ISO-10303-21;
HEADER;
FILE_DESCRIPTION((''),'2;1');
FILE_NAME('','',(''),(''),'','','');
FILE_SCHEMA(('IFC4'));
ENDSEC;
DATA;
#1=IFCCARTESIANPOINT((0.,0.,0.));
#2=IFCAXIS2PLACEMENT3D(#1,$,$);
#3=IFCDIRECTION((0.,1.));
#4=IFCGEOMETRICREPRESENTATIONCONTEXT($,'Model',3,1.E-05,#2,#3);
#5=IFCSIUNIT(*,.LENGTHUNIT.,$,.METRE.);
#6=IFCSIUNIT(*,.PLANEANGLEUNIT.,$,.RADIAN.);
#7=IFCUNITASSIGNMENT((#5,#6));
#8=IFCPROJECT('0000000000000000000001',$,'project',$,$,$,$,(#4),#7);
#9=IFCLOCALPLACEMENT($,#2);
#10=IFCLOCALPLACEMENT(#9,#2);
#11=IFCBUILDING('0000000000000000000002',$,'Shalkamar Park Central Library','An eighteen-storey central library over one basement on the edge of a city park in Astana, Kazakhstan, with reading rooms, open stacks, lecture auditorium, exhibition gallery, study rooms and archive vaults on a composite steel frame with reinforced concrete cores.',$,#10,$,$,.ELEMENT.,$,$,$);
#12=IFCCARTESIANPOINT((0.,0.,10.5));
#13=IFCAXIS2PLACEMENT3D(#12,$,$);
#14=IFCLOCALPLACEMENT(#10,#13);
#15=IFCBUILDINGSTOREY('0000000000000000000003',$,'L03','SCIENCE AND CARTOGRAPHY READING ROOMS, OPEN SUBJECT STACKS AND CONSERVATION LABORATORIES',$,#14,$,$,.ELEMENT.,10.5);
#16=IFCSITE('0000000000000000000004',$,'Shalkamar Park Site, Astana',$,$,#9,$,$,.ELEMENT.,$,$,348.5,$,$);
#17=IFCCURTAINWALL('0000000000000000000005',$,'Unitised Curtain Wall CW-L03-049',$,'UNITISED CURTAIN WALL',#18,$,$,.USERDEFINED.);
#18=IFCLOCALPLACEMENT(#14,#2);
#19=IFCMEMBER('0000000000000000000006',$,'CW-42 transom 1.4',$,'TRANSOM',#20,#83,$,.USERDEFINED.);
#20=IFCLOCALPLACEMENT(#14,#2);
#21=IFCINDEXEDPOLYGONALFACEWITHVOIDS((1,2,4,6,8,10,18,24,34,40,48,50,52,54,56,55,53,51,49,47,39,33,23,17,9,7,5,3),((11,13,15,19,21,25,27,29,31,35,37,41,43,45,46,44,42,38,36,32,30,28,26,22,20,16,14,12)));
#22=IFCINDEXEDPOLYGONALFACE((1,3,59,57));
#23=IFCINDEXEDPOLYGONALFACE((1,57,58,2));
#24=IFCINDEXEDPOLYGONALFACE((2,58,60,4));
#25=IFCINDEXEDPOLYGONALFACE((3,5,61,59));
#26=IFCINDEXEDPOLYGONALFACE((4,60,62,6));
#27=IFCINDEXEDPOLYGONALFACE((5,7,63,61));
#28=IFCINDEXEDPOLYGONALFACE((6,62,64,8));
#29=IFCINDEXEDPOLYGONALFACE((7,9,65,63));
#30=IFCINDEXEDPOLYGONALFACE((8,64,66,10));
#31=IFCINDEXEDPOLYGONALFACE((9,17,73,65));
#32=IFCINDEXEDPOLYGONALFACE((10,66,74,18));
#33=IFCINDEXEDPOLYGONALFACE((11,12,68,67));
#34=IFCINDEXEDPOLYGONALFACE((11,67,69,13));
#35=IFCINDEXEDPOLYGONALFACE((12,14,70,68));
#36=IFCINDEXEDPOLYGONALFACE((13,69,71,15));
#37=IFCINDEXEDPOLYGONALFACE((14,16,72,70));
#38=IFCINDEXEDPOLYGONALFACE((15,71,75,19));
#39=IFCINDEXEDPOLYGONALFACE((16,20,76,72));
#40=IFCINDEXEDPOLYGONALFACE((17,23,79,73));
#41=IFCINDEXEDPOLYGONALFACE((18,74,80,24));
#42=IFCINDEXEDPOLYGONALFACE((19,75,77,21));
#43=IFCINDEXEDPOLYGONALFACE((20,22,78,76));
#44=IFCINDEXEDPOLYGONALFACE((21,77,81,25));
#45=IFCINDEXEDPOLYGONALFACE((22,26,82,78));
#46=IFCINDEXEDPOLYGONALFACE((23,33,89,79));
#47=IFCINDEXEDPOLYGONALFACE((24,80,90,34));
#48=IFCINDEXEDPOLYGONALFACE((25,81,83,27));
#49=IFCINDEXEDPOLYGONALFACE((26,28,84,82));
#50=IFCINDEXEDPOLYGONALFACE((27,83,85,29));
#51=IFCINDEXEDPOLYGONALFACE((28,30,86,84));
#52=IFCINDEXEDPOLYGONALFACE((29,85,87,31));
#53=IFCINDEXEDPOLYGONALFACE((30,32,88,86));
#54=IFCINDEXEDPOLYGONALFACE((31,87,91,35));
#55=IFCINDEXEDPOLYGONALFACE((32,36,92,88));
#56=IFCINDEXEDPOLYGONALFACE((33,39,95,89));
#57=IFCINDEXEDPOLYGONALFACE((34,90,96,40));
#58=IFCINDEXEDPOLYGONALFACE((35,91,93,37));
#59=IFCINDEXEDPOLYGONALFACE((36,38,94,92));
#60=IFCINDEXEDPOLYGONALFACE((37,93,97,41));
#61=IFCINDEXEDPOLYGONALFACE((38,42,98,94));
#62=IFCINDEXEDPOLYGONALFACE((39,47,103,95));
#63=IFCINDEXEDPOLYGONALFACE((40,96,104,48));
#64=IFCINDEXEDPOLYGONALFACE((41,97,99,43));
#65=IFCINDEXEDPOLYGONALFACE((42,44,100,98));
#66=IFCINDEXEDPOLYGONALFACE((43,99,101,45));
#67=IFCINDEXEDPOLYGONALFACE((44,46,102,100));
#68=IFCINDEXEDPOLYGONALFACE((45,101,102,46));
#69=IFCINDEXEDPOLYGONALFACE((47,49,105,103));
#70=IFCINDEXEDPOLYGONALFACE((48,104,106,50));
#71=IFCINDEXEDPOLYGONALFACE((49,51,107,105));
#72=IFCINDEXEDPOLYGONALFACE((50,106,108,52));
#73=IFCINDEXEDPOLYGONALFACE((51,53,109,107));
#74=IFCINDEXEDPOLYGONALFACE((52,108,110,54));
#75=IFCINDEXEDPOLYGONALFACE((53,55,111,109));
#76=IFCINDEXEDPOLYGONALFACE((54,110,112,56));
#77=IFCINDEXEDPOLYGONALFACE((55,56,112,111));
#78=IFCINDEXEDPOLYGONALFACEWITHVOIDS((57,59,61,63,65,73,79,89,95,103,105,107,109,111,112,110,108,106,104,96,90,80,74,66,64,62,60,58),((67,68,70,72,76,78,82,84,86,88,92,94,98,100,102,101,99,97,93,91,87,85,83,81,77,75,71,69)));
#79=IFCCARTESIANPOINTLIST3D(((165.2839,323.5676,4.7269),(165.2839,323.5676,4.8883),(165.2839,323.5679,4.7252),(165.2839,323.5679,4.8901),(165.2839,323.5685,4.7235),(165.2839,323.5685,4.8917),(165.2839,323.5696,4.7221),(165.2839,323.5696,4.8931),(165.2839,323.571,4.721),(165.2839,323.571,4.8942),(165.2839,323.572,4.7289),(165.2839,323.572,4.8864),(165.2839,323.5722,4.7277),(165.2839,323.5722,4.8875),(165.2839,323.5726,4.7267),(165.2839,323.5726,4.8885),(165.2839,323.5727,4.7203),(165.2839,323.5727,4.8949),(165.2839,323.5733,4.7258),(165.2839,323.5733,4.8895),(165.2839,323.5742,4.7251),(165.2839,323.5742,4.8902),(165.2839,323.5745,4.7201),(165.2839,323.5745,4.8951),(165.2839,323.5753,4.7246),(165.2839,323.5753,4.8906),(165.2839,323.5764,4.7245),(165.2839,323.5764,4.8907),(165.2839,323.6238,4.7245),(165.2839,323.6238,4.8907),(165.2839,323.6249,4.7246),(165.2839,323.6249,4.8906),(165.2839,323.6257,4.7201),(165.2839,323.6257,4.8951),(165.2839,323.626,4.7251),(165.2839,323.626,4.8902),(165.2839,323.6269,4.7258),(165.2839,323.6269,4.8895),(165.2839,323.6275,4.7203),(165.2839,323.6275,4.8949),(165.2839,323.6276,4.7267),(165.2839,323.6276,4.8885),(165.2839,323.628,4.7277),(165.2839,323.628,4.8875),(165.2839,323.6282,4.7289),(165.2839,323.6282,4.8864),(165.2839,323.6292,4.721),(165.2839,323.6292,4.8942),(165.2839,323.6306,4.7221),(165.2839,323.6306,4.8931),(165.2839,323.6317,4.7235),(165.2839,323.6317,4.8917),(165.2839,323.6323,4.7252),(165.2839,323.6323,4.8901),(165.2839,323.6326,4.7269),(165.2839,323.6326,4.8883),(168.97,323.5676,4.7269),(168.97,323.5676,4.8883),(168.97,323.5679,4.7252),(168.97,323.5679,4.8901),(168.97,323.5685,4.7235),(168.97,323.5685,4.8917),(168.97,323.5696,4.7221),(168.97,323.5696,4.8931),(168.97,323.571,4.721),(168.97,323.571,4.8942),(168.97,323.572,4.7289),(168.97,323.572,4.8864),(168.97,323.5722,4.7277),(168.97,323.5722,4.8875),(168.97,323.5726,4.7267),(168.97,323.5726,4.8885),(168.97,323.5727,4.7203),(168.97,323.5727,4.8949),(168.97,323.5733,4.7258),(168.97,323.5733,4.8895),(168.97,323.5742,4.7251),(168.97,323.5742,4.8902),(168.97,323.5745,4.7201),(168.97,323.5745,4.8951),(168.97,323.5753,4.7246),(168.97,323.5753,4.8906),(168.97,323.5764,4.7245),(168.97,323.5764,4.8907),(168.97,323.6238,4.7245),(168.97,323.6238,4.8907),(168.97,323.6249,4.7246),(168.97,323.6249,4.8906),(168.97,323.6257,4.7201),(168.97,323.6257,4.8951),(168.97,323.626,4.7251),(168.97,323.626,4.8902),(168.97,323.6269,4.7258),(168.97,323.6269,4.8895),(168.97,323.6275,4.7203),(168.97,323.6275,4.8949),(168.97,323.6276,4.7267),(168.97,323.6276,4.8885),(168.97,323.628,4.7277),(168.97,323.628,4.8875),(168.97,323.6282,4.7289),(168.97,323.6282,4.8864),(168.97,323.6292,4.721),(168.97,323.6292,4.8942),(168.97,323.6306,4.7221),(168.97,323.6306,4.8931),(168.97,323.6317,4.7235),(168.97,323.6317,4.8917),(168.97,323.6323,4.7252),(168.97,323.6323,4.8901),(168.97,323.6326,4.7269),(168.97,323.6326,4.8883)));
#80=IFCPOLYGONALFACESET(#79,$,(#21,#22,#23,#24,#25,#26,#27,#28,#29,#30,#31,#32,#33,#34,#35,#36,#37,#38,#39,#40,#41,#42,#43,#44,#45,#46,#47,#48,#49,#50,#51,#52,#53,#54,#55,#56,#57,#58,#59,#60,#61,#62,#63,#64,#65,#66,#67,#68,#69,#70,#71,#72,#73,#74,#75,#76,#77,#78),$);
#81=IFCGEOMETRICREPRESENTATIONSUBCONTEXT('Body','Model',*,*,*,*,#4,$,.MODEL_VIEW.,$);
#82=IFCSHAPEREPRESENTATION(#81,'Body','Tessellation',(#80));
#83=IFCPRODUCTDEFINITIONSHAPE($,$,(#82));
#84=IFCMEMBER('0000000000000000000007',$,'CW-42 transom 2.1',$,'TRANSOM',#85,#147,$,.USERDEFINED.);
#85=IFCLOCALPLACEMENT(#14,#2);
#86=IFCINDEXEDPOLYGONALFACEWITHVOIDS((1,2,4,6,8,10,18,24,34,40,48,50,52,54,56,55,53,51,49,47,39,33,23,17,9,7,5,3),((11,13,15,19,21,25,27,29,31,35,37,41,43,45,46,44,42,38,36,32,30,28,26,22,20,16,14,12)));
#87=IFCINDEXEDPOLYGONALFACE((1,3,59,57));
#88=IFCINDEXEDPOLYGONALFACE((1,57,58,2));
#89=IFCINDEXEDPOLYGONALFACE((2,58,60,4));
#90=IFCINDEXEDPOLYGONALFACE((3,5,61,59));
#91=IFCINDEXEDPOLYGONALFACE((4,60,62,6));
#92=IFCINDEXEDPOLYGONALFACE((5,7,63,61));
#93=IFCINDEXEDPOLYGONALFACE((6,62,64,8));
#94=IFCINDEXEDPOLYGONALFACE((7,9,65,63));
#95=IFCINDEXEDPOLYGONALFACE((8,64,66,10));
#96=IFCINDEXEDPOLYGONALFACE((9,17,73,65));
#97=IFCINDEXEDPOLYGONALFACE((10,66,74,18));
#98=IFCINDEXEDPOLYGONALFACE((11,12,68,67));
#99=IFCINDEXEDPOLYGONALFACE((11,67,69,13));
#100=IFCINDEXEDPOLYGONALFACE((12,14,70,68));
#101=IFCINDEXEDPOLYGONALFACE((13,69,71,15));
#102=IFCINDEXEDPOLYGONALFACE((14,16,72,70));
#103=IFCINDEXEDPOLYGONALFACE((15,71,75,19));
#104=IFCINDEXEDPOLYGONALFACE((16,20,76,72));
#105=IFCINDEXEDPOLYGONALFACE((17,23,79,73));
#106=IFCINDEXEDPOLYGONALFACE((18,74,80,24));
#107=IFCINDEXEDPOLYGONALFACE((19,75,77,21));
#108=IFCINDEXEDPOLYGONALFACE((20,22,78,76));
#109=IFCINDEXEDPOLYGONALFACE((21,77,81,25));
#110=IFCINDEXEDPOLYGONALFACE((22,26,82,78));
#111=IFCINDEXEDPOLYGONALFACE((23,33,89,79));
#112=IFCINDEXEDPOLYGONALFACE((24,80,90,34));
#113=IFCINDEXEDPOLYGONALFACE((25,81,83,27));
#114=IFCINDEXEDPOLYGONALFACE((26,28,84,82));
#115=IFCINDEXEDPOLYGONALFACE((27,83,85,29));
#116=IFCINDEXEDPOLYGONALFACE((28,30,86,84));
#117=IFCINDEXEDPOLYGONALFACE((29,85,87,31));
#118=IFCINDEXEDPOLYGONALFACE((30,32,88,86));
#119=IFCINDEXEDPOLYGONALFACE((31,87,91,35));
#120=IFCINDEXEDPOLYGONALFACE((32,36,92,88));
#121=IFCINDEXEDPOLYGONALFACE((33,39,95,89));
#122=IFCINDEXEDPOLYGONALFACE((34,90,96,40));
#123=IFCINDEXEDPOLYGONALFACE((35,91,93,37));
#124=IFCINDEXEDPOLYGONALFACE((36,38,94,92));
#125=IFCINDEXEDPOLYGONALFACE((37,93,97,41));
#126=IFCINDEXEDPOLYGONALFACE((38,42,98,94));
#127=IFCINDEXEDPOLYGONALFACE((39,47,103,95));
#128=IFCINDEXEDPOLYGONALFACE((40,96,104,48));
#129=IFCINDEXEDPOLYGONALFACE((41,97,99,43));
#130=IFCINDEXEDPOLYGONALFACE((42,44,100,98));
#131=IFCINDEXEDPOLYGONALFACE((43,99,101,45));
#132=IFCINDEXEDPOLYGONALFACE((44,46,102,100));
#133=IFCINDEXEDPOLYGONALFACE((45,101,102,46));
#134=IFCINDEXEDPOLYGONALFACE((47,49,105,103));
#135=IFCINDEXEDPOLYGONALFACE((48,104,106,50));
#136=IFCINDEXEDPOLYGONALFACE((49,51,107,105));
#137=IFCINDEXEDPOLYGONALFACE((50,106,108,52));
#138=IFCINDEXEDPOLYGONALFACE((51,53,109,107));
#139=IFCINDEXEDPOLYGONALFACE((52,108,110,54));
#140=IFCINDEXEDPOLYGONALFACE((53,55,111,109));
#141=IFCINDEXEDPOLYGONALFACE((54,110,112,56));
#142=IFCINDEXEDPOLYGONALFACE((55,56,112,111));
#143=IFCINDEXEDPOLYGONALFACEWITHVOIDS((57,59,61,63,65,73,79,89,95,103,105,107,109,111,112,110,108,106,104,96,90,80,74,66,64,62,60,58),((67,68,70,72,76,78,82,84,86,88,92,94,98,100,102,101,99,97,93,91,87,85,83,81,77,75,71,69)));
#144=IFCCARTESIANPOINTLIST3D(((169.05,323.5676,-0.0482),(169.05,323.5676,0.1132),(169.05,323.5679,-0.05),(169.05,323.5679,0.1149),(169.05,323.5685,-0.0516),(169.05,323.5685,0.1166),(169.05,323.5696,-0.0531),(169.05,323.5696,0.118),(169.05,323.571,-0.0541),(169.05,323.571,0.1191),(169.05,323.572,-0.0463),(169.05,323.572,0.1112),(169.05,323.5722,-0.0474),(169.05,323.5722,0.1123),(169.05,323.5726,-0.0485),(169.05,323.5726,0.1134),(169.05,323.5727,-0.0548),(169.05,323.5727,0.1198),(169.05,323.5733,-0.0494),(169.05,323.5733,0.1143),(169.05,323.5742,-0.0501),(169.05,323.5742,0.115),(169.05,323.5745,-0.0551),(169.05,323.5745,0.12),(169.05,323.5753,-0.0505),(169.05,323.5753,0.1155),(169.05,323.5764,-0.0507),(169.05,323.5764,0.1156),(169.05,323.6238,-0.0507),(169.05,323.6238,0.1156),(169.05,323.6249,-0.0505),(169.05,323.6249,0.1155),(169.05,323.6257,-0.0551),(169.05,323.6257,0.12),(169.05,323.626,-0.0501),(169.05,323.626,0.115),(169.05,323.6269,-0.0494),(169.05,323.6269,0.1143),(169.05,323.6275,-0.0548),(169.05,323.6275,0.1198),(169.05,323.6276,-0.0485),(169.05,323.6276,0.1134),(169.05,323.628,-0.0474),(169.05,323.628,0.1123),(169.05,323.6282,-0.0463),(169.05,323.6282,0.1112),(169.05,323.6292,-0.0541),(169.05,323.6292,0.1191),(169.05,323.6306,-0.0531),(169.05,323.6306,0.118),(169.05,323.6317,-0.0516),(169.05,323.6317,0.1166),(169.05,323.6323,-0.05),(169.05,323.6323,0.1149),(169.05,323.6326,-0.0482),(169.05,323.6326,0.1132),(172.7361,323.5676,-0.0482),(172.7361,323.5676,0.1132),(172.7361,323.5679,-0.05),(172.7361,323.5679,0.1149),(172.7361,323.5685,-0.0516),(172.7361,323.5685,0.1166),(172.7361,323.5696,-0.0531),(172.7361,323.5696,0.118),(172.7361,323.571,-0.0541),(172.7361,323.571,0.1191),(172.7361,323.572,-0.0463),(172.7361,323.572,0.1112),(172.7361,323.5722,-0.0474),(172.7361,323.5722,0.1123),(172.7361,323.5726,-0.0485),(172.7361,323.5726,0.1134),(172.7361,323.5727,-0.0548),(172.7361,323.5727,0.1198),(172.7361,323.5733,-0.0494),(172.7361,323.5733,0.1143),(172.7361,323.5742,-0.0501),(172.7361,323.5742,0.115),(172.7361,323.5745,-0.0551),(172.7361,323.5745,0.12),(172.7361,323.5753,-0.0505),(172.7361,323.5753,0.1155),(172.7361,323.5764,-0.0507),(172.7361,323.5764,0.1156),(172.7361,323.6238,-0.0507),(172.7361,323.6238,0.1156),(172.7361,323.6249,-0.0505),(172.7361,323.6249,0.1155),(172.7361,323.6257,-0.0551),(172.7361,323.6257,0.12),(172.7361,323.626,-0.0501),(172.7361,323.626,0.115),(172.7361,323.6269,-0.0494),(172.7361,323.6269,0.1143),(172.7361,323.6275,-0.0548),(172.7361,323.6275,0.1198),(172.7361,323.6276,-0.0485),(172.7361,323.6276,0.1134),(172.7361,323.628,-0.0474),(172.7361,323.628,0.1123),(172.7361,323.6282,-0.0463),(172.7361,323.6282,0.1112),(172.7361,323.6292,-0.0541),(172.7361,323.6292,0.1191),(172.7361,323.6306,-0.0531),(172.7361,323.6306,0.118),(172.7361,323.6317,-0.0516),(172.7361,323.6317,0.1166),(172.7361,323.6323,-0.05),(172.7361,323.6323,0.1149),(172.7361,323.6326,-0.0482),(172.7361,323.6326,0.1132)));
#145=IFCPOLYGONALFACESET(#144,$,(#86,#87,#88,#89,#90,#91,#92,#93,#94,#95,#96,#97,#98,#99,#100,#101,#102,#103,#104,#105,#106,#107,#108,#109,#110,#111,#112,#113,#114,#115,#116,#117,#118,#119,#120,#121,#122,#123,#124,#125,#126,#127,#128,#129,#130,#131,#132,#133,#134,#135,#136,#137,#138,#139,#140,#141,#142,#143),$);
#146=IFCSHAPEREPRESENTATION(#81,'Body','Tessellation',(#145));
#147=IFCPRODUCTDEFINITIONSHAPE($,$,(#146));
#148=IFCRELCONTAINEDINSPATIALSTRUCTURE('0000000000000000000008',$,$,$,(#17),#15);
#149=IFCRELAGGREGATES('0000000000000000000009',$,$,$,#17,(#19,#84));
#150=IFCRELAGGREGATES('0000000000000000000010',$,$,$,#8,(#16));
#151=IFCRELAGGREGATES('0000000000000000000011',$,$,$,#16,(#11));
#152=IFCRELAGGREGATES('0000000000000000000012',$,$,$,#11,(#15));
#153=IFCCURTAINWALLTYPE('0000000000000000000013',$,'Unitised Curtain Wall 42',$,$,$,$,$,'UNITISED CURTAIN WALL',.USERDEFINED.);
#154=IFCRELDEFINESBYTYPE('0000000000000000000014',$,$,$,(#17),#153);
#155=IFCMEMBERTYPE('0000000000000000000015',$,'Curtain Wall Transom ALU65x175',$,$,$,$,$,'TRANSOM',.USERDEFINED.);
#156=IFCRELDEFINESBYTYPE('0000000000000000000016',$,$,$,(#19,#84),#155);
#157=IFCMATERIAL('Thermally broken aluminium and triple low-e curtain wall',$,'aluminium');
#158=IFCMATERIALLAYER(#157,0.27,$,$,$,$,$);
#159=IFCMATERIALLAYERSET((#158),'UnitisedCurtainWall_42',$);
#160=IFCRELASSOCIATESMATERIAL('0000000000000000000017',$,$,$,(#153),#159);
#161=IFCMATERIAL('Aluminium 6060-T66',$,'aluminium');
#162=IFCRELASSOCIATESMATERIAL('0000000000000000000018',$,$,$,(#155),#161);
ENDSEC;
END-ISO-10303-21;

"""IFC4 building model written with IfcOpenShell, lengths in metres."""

from ifc_helpers import new_model, si_unit, direction, frame, origin, origin_2d, place, context, subcontext, project, spatial, hollow_rectangle, extrude, material, layer, layer_set, material_profile, profile_set, type_object, element, aggregate, save


model = new_model("IFC4")

# Units and contexts
model_context = context("Model", 3, precision=1e-05, world=origin(), true_north=direction((0.0, 1.0)))
body_context = subcontext(model_context, "Body", "Model", "MODEL_VIEW")
ifc_project = project(units=[si_unit("LENGTHUNIT", "METRE"), si_unit("PLANEANGLEUNIT", "RADIAN")], contexts=[model_context])

# Site, building, storey
site_placement = place(None, origin())
site = spatial("IfcSite", under=ifc_project, at=site_placement, Name="Shalkamar Park Site, Astana", CompositionType="ELEMENT", RefElevation=348.5)
building_placement = place(site_placement, origin())
building = spatial("IfcBuilding", under=site, at=building_placement, Name="Shalkamar Park Central Library", Description="An eighteen-storey central library over one basement on the edge of a city park in Astana, Kazakhstan, with reading rooms, open stacks, lecture auditorium, exhibition gallery, study rooms and archive vaults on a composite steel frame with reinforced concrete cores.", CompositionType="ELEMENT")
storey_placement = place(building_placement, frame((0.0, 0.0, 10.5)))
storey = spatial("IfcBuildingStorey", under=building, at=storey_placement, Name="L03", Description="SCIENCE AND CARTOGRAPHY READING ROOMS, OPEN SUBJECT STACKS AND CONSERVATION LABORATORIES", CompositionType="ELEMENT", Elevation=10.5)

# Shared definitions
ifc_material_1 = material(Name="Thermally broken aluminium and triple low-e curtain wall", Category="aluminium")
ifc_material_2 = material(Name="Aluminium 6060-T66", Category="aluminium")

# Curtain wall
ifc_layer_1 = layer(ifc_material_1, 0.27)
ifc_layer_set_1 = layer_set([ifc_layer_1], Name="UnitisedCurtainWall_42")
curtain_wall_type_1 = type_object("IfcCurtainWallType", Name="Unitised Curtain Wall 42", ElementType="UNITISED CURTAIN WALL", PredefinedType="USERDEFINED", material=ifc_layer_set_1)
curtain_wall_1_placement = place(storey_placement, origin())
curtain_wall_1 = element("IfcCurtainWall", 1, at=curtain_wall_1_placement, inside=storey, type_object=curtain_wall_type_1, Name="Unitised Curtain Wall CW-L03-049", ObjectType="UNITISED CURTAIN WALL", PredefinedType="USERDEFINED")

# Members
ifc_material_profile_1 = material_profile(ifc_material_2, hollow_rectangle(XDim=0.0649, YDim=0.175, WallThickness=0.0044, InnerFilletRadius=0.0044, OuterFilletRadius=0.0068, at=origin_2d()), Name="ALU 65x175x4.5")
ifc_profile_set_1 = profile_set([ifc_material_profile_1], Name="Aluminium 6060-T66")
member_type_1 = type_object("IfcMemberType", Name="Curtain Wall Transom ALU65x175", ElementType="TRANSOM", PredefinedType="USERDEFINED", material=ifc_profile_set_1)
member_1_placement = place(storey_placement, frame((165.2839, 323.6001, 4.8076), z_axis=(1.0, 0.0, 0.0), x_axis=(0.0, 1.0, 0.0)))
member_1 = element("IfcMember", 2, at=member_1_placement, type_object=member_type_1, Name="CW-42 transom 1.4", ObjectType="TRANSOM", PredefinedType="USERDEFINED", context=body_context, shape_type="SweptSolid", body=[
    extrude(hollow_rectangle(XDim=0.0649, YDim=0.175, WallThickness=0.0044, InnerFilletRadius=0.0044, OuterFilletRadius=0.0068, at=origin_2d()), origin(), (0.0, 0.0, 1.0), 3.686),
])
member_2_placement = place(storey_placement, frame((169.05, 323.6001, 0.0325), z_axis=(1.0, 0.0, 0.0), x_axis=(0.0, 1.0, 0.0)))
member_2 = element("IfcMember", 3, at=member_2_placement, type_object=member_type_1, Name="CW-42 transom 2.1", ObjectType="TRANSOM", PredefinedType="USERDEFINED", context=body_context, shape_type="SweptSolid", body=[
    extrude(hollow_rectangle(XDim=0.0649, YDim=0.175, WallThickness=0.0044, InnerFilletRadius=0.0044, OuterFilletRadius=0.0068, at=origin_2d()), origin(), (0.0, 0.0, 1.0), 3.686),
])

aggregate(curtain_wall_1, [member_1, member_2])

save(model, "model.ifc")
